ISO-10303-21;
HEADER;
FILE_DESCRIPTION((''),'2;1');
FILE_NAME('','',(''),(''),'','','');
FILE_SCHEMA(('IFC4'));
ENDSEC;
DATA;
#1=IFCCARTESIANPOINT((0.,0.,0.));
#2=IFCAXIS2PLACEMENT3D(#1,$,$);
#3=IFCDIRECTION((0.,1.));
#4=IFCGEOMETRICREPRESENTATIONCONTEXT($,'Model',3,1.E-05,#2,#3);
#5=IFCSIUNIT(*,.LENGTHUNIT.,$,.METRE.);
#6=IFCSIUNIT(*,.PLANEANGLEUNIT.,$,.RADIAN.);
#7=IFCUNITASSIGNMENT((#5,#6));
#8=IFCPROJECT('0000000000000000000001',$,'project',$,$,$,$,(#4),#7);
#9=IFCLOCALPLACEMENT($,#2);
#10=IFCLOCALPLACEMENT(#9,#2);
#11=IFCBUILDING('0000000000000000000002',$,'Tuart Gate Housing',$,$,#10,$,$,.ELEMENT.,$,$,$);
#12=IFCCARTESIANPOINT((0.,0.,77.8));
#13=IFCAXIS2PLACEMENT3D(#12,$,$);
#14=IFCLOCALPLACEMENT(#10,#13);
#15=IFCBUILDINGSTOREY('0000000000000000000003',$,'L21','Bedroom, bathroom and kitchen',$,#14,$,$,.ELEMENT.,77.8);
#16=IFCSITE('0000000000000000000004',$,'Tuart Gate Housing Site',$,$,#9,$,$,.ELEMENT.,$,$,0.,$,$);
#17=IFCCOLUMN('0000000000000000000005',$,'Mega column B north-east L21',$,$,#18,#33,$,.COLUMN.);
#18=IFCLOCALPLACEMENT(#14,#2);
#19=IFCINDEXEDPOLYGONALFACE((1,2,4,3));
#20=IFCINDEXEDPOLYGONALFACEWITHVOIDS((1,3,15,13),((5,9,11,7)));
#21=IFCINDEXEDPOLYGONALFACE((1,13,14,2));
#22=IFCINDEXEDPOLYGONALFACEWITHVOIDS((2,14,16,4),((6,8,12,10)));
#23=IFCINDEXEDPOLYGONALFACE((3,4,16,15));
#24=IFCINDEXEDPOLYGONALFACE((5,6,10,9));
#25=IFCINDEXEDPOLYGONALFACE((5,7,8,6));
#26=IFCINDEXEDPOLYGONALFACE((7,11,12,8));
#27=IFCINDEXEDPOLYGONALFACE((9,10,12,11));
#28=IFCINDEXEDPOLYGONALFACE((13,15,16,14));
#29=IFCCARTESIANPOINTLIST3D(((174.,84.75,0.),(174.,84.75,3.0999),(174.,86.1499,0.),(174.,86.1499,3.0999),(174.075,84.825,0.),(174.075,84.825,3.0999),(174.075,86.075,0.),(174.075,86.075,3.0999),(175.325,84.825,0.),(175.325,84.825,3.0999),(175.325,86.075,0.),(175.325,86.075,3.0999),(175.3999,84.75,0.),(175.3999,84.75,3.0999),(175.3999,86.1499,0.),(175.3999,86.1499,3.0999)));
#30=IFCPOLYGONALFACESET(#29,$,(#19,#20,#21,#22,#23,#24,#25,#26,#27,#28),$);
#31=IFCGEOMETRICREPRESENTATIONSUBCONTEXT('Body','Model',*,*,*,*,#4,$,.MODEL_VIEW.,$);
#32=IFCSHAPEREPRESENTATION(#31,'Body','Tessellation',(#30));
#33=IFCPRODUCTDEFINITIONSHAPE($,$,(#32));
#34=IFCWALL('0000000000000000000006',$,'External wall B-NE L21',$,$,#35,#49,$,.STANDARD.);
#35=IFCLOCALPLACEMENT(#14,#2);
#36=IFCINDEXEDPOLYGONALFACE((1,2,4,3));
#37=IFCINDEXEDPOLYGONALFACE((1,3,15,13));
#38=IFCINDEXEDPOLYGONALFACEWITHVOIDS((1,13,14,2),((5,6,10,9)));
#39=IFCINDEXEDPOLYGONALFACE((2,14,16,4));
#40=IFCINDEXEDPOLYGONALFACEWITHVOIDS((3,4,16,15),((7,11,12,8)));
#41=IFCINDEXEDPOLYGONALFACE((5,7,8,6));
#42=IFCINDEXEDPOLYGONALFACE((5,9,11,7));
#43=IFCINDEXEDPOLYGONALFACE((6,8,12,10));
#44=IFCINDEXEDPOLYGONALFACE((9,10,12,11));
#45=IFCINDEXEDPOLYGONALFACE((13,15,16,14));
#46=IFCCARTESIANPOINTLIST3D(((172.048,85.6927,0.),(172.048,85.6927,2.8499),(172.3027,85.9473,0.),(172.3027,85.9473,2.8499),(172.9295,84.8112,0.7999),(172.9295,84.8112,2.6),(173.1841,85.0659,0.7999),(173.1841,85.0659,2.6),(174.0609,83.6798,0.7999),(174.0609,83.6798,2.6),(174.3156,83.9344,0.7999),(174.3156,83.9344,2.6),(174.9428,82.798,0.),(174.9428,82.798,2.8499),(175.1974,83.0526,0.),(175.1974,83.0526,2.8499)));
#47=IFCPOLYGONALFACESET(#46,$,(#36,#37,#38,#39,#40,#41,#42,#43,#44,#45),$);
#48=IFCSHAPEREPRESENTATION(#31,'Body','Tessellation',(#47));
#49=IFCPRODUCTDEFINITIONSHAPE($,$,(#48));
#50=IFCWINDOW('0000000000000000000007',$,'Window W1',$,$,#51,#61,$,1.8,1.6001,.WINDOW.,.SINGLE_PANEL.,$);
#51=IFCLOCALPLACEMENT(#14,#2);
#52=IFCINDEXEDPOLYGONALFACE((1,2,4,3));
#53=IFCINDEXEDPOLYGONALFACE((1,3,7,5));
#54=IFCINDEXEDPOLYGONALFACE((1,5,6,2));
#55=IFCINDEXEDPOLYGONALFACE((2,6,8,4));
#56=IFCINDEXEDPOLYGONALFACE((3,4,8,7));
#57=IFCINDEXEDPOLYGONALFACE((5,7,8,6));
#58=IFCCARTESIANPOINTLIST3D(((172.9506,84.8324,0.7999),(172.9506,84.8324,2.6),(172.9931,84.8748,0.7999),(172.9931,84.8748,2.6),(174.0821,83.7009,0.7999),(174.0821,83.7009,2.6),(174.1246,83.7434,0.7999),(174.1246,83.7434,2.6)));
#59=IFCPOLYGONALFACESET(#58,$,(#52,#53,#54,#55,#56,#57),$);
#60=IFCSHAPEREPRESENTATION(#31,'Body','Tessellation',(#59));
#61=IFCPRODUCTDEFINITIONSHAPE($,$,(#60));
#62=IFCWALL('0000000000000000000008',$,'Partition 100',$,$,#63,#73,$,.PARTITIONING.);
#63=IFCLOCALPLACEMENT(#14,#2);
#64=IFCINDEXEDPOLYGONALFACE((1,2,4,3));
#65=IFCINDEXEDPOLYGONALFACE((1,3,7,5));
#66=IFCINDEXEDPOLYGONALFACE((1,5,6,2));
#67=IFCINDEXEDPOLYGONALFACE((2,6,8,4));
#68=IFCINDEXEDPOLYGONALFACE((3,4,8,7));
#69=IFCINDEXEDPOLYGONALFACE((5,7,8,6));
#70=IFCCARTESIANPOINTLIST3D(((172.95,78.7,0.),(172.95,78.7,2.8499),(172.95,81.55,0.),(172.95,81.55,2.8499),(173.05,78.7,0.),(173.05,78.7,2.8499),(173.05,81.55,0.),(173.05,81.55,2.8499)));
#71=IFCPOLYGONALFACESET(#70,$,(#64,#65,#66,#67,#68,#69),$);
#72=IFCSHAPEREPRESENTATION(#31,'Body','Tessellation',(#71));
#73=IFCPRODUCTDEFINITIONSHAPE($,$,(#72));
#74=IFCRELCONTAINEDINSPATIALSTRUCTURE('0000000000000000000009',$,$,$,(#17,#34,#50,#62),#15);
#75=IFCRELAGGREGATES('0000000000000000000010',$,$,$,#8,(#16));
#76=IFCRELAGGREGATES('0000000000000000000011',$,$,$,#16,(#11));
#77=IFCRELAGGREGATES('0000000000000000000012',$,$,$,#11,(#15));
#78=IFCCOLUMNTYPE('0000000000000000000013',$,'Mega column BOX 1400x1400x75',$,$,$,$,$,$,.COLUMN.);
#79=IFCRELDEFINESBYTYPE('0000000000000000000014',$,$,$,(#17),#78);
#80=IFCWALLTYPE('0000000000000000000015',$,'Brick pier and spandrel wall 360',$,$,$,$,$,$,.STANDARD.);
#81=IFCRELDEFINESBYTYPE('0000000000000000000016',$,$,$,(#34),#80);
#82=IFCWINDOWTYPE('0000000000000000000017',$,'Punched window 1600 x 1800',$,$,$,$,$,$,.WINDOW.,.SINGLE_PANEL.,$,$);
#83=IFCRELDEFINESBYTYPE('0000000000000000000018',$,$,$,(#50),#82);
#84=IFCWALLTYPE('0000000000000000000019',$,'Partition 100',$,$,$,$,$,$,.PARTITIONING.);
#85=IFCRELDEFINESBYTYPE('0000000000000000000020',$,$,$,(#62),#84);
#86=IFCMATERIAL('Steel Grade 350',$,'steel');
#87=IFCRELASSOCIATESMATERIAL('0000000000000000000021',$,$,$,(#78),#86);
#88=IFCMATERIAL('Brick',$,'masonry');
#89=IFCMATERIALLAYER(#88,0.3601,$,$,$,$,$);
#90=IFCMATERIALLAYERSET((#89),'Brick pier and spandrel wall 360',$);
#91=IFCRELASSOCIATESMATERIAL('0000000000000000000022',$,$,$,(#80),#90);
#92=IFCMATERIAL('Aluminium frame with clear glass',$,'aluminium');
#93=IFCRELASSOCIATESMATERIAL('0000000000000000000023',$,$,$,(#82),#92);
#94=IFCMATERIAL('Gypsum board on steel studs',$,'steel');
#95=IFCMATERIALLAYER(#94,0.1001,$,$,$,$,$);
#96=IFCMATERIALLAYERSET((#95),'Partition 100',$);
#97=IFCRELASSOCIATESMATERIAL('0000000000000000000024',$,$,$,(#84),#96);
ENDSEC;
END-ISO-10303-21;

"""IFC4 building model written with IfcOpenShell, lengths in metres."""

from ifc_helpers import new_model, si_unit, direction, frame, frame_2d, origin, origin_2d, place, context, subcontext, project, spatial, rectangle, hollow_rectangle, extrude, material, layer, layer_set, material_profile, profile_set, type_object, element, fill, save


model = new_model("IFC4")

# Units and contexts
model_context = context("Model", 3, precision=1e-05, world=origin(), true_north=direction((0.0, 1.0)))
body_context = subcontext(model_context, "Body", "Model", "MODEL_VIEW")
ifc_project = project(units=[si_unit("LENGTHUNIT", "METRE"), si_unit("PLANEANGLEUNIT", "RADIAN")], contexts=[model_context])

# Site, building, storey
site_placement = place(None, origin())
site = spatial("IfcSite", under=ifc_project, at=site_placement, Name="Tuart Gate Housing Site", CompositionType="ELEMENT", RefElevation=0.0)
building_placement = place(site_placement, origin())
building = spatial("IfcBuilding", under=site, at=building_placement, Name="Tuart Gate Housing", CompositionType="ELEMENT")
storey_placement = place(building_placement, frame((0.0, 0.0, 77.8)))
storey = spatial("IfcBuildingStorey", under=building, at=storey_placement, Name="L21", Description="Bedroom, bathroom and kitchen", CompositionType="ELEMENT", Elevation=77.8)

# Column
ifc_material_1 = material(Name="Steel Grade 350", Category="steel")
ifc_material_profile = material_profile(ifc_material_1, hollow_rectangle(XDim=1.3999, YDim=1.3999, WallThickness=0.075, at=origin_2d()), Name="BOX 1400x1400x75")
ifc_profile_set = profile_set([ifc_material_profile], Name="Steel Grade 350")
column_type = type_object("IfcColumnType", Name="Mega column BOX 1400x1400x75", PredefinedType="COLUMN", material=ifc_profile_set)
column_placement = place(storey_placement, frame((174.7, 85.45, 0.0), z_axis=(0.0, 0.0, 1.0), x_axis=(1.0, 0.0, 0.0)))
element("IfcColumn", 1, at=column_placement, inside=storey, type_object=column_type, Name="Mega column B north-east L21", PredefinedType="COLUMN", context=body_context, shape_type="SweptSolid", body=[
    extrude(hollow_rectangle(XDim=1.3999, YDim=1.3999, WallThickness=0.075, at=origin_2d()), origin(), (0.0, 0.0, 1.0), 3.0999),
])

# Wall, opening, window
ifc_material_2 = material(Name="Brick", Category="masonry")
ifc_layer_1 = layer(ifc_material_2, 0.3601)
ifc_layer_set_1 = layer_set([ifc_layer_1], Name="Brick pier and spandrel wall 360")
wall_type_1 = type_object("IfcWallType", Name="Brick pier and spandrel wall 360", PredefinedType="STANDARD", material=ifc_layer_set_1)
wall_1_placement = place(storey_placement, frame((175.0701, 82.9253, 0.0), z_axis=(0.0, 0.0, 1.0), x_axis=(-0.707107, 0.707107, 0.0)))
wall_1 = element("IfcWall", 2, at=wall_1_placement, inside=storey, type_object=wall_type_1, Name="External wall B-NE L21", PredefinedType="STANDARD", context=body_context, shape_type="SweptSolid", body=[
    extrude(rectangle(XDim=4.0938, YDim=0.3601, at=frame_2d((2.0469, 0.0))), origin(), (0.0, 0.0, 1.0), 2.8499),
])
opening_1_placement = place(wall_1_placement, frame((1.2471, 0.0, 0.8)))
opening_1 = element("IfcOpeningElement", 3, at=opening_1_placement, cuts=wall_1, PredefinedType="OPENING", context=body_context, shape_type="SweptSolid", body=[
    extrude(rectangle(XDim=1.6001, YDim=1.8, at=frame_2d((0.8, 0.8999))), frame((0.0, 0.1899, 0.0), z_axis=(0.0, -1.0, 0.0), x_axis=(1.0, 0.0, 0.0)), (0.0, 0.0, 1.0), 0.3801),
])
ifc_material_3 = material(Name="Aluminium frame with clear glass", Category="aluminium")
window_type_1 = type_object("IfcWindowType", Name="Punched window 1600 x 1800", PartitioningType="SINGLE_PANEL", PredefinedType="WINDOW", material=ifc_material_3)
window_1_placement = place(opening_1_placement, origin())
window_1 = element("IfcWindow", 4, at=window_1_placement, inside=storey, type_object=window_type_1, Name="Window W1", OverallHeight=1.8, OverallWidth=1.6001, PartitioningType="SINGLE_PANEL", PredefinedType="WINDOW", context=body_context, shape_type="SweptSolid", body=[
    extrude(rectangle(XDim=1.6001, YDim=1.8, at=frame_2d((0.8, 0.8999))), frame((0.0, 0.1501, 0.0), z_axis=(0.0, -1.0, 0.0), x_axis=(1.0, 0.0, 0.0)), (0.0, 0.0, 1.0), 0.0601),
])
fill(opening_1, window_1)

# Wall
ifc_material_4 = material(Name="Gypsum board on steel studs", Category="steel")
ifc_layer_2 = layer(ifc_material_4, 0.1001)
ifc_layer_set_2 = layer_set([ifc_layer_2], Name="Partition 100")
wall_type_2 = type_object("IfcWallType", Name="Partition 100", PredefinedType="PARTITIONING", material=ifc_layer_set_2)
wall_2_placement = place(storey_placement, frame((173.0, 78.7, 0.0), z_axis=(0.0, 0.0, 1.0), x_axis=(0.0, 1.0, 0.0)))
element("IfcWall", 5, at=wall_2_placement, inside=storey, type_object=wall_type_2, Name="Partition 100", PredefinedType="PARTITIONING", context=body_context, shape_type="SweptSolid", body=[
    extrude(rectangle(XDim=2.8501, YDim=0.1001, at=frame_2d((1.425, 0.0))), origin(), (0.0, 0.0, 1.0), 2.8499),
])

save(model, "model.ifc")
